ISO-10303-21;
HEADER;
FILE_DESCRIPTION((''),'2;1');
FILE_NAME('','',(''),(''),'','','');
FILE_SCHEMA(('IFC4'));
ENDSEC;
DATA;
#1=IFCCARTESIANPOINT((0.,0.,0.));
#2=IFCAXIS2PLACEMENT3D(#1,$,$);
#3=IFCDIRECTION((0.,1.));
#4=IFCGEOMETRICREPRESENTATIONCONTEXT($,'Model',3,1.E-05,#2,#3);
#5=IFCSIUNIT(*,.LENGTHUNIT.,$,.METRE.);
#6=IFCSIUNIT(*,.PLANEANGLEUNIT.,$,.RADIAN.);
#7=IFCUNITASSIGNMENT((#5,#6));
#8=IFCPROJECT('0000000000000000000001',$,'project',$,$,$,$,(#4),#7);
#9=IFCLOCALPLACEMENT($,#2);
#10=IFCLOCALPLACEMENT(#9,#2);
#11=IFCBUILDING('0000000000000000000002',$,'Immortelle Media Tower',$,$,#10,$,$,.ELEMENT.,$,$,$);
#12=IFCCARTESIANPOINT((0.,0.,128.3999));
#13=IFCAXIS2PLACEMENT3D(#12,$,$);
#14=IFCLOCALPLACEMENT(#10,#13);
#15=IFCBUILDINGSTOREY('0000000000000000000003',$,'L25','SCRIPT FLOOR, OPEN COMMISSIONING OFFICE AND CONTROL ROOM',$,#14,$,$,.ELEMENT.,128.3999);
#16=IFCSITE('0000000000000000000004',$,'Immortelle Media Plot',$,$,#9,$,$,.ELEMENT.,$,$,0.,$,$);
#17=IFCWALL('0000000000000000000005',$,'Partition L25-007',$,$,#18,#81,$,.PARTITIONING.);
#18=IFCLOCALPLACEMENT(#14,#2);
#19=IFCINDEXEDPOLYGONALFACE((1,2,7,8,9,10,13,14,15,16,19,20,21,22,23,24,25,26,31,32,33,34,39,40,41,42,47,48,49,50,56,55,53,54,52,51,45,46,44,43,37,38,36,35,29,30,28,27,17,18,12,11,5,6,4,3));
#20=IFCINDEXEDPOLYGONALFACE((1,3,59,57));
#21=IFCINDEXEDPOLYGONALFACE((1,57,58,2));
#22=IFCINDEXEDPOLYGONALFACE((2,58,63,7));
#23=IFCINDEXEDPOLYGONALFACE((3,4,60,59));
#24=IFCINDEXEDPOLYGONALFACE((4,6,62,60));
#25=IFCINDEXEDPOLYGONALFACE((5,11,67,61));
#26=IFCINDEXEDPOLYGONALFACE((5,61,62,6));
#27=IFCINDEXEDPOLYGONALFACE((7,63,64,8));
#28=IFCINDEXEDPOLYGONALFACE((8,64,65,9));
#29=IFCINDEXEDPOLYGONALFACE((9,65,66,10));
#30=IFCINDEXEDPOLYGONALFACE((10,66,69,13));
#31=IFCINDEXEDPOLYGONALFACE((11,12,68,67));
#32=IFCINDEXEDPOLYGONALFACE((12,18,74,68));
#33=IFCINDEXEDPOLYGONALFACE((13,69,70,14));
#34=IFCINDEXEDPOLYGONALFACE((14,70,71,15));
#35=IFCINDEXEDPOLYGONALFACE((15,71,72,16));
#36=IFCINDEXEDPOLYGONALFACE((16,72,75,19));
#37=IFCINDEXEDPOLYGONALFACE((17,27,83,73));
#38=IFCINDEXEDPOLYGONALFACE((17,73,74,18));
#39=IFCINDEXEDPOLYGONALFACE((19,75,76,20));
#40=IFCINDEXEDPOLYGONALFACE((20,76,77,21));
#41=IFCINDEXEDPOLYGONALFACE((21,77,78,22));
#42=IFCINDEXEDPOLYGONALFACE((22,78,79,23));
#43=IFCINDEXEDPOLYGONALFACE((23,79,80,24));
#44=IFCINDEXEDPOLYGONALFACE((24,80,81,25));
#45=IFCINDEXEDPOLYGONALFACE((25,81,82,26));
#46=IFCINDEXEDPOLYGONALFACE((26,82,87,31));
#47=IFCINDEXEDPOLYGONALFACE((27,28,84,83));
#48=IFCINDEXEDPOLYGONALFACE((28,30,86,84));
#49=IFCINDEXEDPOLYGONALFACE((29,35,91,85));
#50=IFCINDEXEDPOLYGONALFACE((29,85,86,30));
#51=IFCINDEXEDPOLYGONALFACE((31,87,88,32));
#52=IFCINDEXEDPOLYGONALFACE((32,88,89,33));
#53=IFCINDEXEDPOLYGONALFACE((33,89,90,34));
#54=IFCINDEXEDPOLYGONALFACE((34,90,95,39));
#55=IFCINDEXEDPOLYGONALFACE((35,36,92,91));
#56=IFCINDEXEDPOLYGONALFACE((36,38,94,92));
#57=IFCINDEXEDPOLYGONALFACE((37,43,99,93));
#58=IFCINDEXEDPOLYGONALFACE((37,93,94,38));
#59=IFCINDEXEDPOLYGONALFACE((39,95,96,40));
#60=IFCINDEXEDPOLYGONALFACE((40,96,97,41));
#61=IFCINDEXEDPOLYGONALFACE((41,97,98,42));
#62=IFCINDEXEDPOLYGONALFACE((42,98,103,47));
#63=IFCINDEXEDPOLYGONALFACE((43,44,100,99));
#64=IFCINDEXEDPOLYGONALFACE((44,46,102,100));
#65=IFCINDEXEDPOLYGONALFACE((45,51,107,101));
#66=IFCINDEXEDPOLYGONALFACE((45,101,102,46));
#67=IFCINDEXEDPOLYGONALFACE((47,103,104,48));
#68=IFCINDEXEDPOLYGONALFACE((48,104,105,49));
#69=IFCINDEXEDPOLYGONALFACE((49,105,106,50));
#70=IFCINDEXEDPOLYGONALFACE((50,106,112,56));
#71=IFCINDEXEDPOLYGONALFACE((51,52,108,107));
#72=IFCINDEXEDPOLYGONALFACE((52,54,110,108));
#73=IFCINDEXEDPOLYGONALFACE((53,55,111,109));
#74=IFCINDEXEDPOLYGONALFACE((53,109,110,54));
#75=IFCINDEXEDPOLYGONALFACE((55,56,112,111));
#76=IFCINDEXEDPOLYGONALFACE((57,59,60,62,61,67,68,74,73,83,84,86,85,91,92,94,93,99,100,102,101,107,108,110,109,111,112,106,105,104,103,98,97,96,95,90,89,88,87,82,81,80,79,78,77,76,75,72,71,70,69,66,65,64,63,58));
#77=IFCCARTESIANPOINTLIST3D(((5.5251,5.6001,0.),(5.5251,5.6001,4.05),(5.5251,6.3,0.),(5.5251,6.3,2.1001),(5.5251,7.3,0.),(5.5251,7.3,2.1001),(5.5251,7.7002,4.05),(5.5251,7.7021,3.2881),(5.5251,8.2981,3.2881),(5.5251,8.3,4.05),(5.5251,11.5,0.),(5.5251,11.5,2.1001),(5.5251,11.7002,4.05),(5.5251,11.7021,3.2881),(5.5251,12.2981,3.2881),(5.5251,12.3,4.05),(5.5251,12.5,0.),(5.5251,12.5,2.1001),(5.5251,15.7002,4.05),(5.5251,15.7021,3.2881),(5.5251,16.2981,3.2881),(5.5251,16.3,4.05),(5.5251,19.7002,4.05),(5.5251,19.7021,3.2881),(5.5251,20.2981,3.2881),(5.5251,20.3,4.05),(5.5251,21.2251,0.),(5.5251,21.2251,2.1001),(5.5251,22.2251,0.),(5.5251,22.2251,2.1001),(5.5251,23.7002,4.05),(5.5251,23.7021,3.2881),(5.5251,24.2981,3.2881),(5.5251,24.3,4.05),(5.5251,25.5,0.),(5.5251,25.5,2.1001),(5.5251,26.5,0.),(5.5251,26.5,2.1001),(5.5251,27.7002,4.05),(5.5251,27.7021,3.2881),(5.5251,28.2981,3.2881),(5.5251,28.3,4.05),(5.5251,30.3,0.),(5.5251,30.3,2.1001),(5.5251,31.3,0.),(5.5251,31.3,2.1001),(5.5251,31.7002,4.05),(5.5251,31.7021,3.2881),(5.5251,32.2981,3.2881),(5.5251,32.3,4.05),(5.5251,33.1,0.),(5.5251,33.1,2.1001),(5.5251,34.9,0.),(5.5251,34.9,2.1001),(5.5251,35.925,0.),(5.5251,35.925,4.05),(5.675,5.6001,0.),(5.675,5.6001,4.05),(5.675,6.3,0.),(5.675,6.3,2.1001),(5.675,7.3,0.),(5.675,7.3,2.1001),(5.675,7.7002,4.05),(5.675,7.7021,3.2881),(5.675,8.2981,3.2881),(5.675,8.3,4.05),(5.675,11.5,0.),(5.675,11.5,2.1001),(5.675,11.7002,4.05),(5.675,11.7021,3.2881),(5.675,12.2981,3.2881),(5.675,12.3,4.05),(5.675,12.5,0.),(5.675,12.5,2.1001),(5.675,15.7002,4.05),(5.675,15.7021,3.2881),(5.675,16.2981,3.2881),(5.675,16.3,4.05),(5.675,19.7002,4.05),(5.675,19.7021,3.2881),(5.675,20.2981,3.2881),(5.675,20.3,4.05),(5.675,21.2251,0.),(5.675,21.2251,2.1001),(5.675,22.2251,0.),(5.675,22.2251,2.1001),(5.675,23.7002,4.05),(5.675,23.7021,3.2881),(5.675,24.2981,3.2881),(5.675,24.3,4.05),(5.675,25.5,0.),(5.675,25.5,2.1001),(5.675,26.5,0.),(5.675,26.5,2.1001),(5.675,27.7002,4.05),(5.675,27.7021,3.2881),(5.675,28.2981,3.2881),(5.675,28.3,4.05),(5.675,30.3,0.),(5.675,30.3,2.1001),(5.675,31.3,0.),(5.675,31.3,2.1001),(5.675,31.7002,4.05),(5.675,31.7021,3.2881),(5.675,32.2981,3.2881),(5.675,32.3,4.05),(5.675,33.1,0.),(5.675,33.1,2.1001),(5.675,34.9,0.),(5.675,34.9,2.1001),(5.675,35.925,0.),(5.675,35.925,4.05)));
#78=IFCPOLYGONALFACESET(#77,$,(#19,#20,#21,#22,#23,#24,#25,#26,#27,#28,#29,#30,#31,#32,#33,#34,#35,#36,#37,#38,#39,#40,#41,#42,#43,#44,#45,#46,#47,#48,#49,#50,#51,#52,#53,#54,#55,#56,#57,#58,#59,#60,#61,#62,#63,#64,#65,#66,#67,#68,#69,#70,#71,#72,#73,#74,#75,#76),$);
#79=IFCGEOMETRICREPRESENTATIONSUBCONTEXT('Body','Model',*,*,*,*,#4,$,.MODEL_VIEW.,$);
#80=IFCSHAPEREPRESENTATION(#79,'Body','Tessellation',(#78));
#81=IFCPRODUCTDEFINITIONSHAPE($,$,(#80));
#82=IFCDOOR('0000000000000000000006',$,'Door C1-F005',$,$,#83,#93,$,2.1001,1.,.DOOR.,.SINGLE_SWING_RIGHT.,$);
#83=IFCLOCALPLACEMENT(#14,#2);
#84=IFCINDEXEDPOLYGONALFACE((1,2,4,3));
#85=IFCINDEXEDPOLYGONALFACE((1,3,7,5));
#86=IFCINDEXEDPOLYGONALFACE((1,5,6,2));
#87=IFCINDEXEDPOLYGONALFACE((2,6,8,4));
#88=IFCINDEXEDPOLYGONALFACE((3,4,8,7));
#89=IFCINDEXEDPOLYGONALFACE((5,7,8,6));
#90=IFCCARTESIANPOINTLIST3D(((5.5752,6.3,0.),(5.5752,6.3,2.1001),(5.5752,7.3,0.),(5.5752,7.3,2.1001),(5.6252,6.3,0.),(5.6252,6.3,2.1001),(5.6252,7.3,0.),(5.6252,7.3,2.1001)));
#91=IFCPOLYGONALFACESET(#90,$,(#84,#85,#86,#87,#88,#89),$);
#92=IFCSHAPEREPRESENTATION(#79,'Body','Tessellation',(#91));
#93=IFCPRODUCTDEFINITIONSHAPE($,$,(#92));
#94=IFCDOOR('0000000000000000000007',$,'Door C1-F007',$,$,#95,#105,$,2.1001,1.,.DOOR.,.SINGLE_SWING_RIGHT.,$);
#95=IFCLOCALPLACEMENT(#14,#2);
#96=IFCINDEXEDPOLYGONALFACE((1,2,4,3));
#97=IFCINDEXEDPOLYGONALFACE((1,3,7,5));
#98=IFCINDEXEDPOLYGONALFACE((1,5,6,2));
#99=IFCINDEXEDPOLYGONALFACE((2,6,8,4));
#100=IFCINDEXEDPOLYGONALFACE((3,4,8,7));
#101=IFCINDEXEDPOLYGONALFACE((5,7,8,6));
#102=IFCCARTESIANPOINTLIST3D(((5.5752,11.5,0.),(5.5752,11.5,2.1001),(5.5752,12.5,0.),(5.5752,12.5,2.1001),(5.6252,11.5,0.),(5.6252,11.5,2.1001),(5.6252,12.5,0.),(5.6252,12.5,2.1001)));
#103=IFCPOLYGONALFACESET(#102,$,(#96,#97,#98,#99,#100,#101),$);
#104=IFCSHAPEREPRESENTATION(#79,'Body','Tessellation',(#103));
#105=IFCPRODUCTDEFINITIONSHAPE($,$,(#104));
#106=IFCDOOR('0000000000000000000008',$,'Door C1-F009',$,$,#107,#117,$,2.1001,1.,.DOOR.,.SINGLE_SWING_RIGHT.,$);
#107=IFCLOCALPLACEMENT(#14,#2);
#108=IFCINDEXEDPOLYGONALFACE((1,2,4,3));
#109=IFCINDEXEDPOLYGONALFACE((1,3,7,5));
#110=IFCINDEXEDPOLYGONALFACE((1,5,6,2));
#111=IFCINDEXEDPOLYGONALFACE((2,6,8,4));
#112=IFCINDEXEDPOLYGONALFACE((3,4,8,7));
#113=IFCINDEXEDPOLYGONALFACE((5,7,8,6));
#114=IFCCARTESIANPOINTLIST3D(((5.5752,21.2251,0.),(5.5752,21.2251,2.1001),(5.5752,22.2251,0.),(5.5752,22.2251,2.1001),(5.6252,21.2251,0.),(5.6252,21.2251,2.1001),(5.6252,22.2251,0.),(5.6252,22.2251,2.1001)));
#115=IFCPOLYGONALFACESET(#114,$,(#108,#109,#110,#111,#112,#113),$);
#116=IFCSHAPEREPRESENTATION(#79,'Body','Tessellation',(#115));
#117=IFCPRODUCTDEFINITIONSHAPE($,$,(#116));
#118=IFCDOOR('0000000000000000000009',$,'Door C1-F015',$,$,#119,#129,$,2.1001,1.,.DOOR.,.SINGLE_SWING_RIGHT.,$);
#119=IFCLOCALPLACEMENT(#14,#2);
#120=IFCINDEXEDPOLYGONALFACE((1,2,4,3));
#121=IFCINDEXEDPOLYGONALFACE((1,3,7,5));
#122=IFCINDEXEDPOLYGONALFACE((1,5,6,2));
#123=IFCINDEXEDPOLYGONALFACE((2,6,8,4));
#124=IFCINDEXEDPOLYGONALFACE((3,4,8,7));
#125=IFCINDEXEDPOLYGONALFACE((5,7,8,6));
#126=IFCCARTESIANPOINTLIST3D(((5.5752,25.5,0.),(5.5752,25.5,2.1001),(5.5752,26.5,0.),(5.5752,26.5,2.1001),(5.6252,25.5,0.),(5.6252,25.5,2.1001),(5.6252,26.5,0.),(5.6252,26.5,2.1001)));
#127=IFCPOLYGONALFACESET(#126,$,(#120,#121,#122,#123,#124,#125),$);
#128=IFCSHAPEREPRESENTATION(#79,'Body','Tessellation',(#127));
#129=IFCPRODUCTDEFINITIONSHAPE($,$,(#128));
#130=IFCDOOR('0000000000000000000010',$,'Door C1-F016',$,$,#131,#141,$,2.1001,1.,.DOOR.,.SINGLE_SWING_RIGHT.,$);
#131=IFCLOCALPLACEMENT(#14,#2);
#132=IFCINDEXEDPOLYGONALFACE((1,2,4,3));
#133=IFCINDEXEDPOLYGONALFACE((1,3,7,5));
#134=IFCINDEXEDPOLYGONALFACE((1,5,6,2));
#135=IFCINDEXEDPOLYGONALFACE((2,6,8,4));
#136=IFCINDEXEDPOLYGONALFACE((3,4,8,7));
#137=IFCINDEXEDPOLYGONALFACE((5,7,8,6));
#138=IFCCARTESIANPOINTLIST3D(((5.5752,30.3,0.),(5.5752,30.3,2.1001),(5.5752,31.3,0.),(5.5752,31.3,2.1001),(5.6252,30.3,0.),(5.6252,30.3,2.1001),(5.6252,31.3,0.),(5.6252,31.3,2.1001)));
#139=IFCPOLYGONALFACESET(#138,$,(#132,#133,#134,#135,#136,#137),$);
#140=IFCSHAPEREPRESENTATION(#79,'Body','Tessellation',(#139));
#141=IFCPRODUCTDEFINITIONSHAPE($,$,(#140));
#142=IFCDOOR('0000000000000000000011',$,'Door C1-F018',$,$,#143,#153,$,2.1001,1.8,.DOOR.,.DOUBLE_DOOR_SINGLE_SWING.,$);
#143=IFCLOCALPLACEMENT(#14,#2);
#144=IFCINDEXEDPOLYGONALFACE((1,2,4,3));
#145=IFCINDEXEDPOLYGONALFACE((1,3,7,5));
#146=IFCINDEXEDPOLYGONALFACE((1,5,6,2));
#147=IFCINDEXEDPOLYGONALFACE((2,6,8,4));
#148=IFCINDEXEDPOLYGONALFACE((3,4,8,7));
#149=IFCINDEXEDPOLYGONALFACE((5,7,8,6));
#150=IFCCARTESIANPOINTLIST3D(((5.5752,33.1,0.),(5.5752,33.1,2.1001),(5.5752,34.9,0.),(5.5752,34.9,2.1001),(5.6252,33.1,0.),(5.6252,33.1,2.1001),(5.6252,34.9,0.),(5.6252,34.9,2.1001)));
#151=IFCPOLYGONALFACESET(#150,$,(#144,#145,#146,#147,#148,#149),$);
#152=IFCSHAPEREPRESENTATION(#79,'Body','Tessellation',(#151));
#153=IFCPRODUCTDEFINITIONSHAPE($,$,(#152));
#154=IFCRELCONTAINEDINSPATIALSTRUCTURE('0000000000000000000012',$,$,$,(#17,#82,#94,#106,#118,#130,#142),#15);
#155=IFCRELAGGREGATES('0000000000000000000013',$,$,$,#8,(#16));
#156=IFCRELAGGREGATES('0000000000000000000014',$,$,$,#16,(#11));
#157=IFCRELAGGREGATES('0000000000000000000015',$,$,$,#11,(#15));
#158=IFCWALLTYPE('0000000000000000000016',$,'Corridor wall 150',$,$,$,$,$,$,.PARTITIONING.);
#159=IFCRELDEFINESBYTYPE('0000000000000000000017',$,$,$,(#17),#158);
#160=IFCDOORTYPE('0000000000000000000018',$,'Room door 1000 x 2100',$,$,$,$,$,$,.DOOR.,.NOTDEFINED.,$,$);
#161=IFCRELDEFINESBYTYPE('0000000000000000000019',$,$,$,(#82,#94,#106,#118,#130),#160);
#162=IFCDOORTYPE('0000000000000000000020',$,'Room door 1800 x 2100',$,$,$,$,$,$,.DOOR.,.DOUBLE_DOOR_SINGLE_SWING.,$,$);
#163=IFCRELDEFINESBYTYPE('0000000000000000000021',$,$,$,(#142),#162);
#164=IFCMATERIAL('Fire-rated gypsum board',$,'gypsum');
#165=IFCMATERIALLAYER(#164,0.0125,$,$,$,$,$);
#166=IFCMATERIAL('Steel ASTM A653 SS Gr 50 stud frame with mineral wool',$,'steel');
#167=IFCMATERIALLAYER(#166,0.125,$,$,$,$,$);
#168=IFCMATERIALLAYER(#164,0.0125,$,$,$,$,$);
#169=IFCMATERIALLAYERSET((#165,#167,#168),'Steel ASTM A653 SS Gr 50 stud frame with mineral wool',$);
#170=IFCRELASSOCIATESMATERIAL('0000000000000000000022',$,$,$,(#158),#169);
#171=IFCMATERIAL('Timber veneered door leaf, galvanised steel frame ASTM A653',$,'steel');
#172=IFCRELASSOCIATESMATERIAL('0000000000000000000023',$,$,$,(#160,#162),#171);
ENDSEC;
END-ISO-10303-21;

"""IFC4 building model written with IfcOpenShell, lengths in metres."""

from ifc_helpers import new_model, si_unit, direction, frame, frame_2d, origin, place, context, subcontext, project, spatial, polyline, rectangle, outline, extrude, material, layer, layer_set, type_object, element, fill, save


model = new_model("IFC4")

# Units and contexts
model_context = context("Model", 3, precision=1e-05, world=origin(), true_north=direction((0.0, 1.0)))
body_context = subcontext(model_context, "Body", "Model", "MODEL_VIEW")
ifc_project = project(units=[si_unit("LENGTHUNIT", "METRE"), si_unit("PLANEANGLEUNIT", "RADIAN")], contexts=[model_context])

# Site, building, storey
site_placement = place(None, origin())
site = spatial("IfcSite", under=ifc_project, at=site_placement, Name="Immortelle Media Plot", CompositionType="ELEMENT", RefElevation=0.0)
building_placement = place(site_placement, origin())
building = spatial("IfcBuilding", under=site, at=building_placement, Name="Immortelle Media Tower", CompositionType="ELEMENT")
storey_placement = place(building_placement, frame((0.0, 0.0, 128.3999)))
storey = spatial("IfcBuildingStorey", under=building, at=storey_placement, Name="L25", Description="SCRIPT FLOOR, OPEN COMMISSIONING OFFICE AND CONTROL ROOM", CompositionType="ELEMENT", Elevation=128.3999)

# Wall, openings, doors
ifc_material_1 = material(Name="Fire-rated gypsum board", Category="gypsum")
ifc_layer_1 = layer(ifc_material_1, 0.0125)
ifc_material_2 = material(Name="Steel ASTM A653 SS Gr 50 stud frame with mineral wool", Category="steel")
ifc_layer_2 = layer(ifc_material_2, 0.125)
ifc_layer_3 = layer(ifc_material_1, 0.0125)
ifc_layer_set_1 = layer_set([ifc_layer_1, ifc_layer_2, ifc_layer_3], Name="Steel ASTM A653 SS Gr 50 stud frame with mineral wool")
wall_type_1 = type_object("IfcWallType", Name="Corridor wall 150", PredefinedType="PARTITIONING", material=ifc_layer_set_1)
ifc_material_3 = material(Name="Timber veneered door leaf, galvanised steel frame ASTM A653", Category="steel")
door_type_1 = type_object("IfcDoorType", Name="Room door 1000 x 2100", OperationType="NOTDEFINED", PredefinedType="DOOR", material=ifc_material_3)
wall_1_placement = place(storey_placement, frame((5.6001, 5.6001, 0.0), z_axis=(0.0, 0.0, 1.0), x_axis=(0.0, 1.0, 0.0)))
wall_1 = element("IfcWall", 1, at=wall_1_placement, inside=storey, type_object=wall_type_1, Name="Partition L25-007", PredefinedType="PARTITIONING", context=body_context, shape_type="SweptSolid", body=[
    extrude(outline(polyline([(0.0, 0.0), (30.325, 0.0), (30.325, 4.05), (26.7, 4.05), (26.698, 3.2881), (26.1021, 3.2881), (26.1001, 4.05), (22.7, 4.05), (22.698, 3.2881), (22.1021, 3.2881), (22.1001, 4.05), (18.7, 4.05), (18.698, 3.2881), (18.1021, 3.2881), (18.1001, 4.05), (14.7, 4.05), (14.698, 3.2881), (14.1021, 3.2881), (14.1001, 4.05), (10.7, 4.05), (10.698, 3.2881), (10.1021, 3.2881), (10.1001, 4.05), (6.7, 4.05), (6.698, 3.2881), (6.1021, 3.2881), (6.1001, 4.05), (2.7, 4.05), (2.698, 3.2881), (2.1021, 3.2881), (2.1001, 4.05), (0.0, 4.05), (0.0, 0.0)])), frame((0.0, 0.075, 0.0), z_axis=(0.0, -1.0, 0.0), x_axis=(1.0, 0.0, 0.0)), (0.0, 0.0, 1.0), 0.1499),
])
opening_1_placement = place(wall_1_placement, frame((0.7, 0.0, 0.0)))
opening_1 = element("IfcOpeningElement", 2, at=opening_1_placement, cuts=wall_1, PredefinedType="OPENING", context=body_context, shape_type="SweptSolid", body=[
    extrude(rectangle(XDim=1.0, YDim=2.1001, at=frame_2d((0.5, 1.05))), frame((0.0, 0.085, 0.0), z_axis=(0.0, -1.0, 0.0), x_axis=(1.0, 0.0, 0.0)), (0.0, 0.0, 1.0), 0.1699),
])
opening_2_placement = place(wall_1_placement, frame((5.8999, 0.0, 0.0)))
opening_2 = element("IfcOpeningElement", 3, at=opening_2_placement, cuts=wall_1, PredefinedType="OPENING", context=body_context, shape_type="SweptSolid", body=[
    extrude(rectangle(XDim=1.0, YDim=2.1001, at=frame_2d((0.5, 1.05))), frame((0.0, 0.085, 0.0), z_axis=(0.0, -1.0, 0.0), x_axis=(1.0, 0.0, 0.0)), (0.0, 0.0, 1.0), 0.1699),
])
opening_3_placement = place(wall_1_placement, frame((15.625, 0.0, 0.0)))
opening_3 = element("IfcOpeningElement", 4, at=opening_3_placement, cuts=wall_1, PredefinedType="OPENING", context=body_context, shape_type="SweptSolid", body=[
    extrude(rectangle(XDim=1.0, YDim=2.1001, at=frame_2d((0.5, 1.05))), frame((0.0, 0.085, 0.0), z_axis=(0.0, -1.0, 0.0), x_axis=(1.0, 0.0, 0.0)), (0.0, 0.0, 1.0), 0.1699),
])
opening_4_placement = place(wall_1_placement, frame((19.8999, 0.0, 0.0)))
opening_4 = element("IfcOpeningElement", 5, at=opening_4_placement, cuts=wall_1, PredefinedType="OPENING", context=body_context, shape_type="SweptSolid", body=[
    extrude(rectangle(XDim=1.0, YDim=2.1001, at=frame_2d((0.5, 1.05))), frame((0.0, 0.085, 0.0), z_axis=(0.0, -1.0, 0.0), x_axis=(1.0, 0.0, 0.0)), (0.0, 0.0, 1.0), 0.1699),
])
opening_5_placement = place(wall_1_placement, frame((24.7, 0.0, 0.0)))
opening_5 = element("IfcOpeningElement", 6, at=opening_5_placement, cuts=wall_1, PredefinedType="OPENING", context=body_context, shape_type="SweptSolid", body=[
    extrude(rectangle(XDim=1.0, YDim=2.1001, at=frame_2d((0.5, 1.05))), frame((0.0, 0.085, 0.0), z_axis=(0.0, -1.0, 0.0), x_axis=(1.0, 0.0, 0.0)), (0.0, 0.0, 1.0), 0.1699),
])
opening_6_placement = place(wall_1_placement, frame((27.5, 0.0, 0.0)))
opening_6 = element("IfcOpeningElement", 7, at=opening_6_placement, cuts=wall_1, PredefinedType="OPENING", context=body_context, shape_type="SweptSolid", body=[
    extrude(rectangle(XDim=1.8, YDim=2.1001, at=frame_2d((0.8999, 1.05))), frame((0.0, 0.085, 0.0), z_axis=(0.0, -1.0, 0.0), x_axis=(1.0, 0.0, 0.0)), (0.0, 0.0, 1.0), 0.1699),
])
door_1_placement = place(opening_1_placement, origin())
door_1 = element("IfcDoor", 8, at=door_1_placement, inside=storey, type_object=door_type_1, Name="Door C1-F005", OperationType="SINGLE_SWING_RIGHT", OverallHeight=2.1001, OverallWidth=1.0, PredefinedType="DOOR", context=body_context, shape_type="SweptSolid", body=[
    extrude(rectangle(XDim=1.0, YDim=2.1001, at=frame_2d((0.5, 1.05))), frame((0.0, 0.0249, 0.0), z_axis=(0.0, -1.0, 0.0), x_axis=(1.0, 0.0, 0.0)), (0.0, 0.0, 1.0), 0.05),
])
fill(opening_1, door_1)
door_2_placement = place(opening_2_placement, origin())
door_2 = element("IfcDoor", 9, at=door_2_placement, inside=storey, type_object=door_type_1, Name="Door C1-F007", OperationType="SINGLE_SWING_RIGHT", OverallHeight=2.1001, OverallWidth=1.0, PredefinedType="DOOR", context=body_context, shape_type="SweptSolid", body=[
    extrude(rectangle(XDim=1.0, YDim=2.1001, at=frame_2d((0.5, 1.05))), frame((0.0, 0.0249, 0.0), z_axis=(0.0, -1.0, 0.0), x_axis=(1.0, 0.0, 0.0)), (0.0, 0.0, 1.0), 0.05),
])
fill(opening_2, door_2)
door_3_placement = place(opening_3_placement, origin())
door_3 = element("IfcDoor", 10, at=door_3_placement, inside=storey, type_object=door_type_1, Name="Door C1-F009", OperationType="SINGLE_SWING_RIGHT", OverallHeight=2.1001, OverallWidth=1.0, PredefinedType="DOOR", context=body_context, shape_type="SweptSolid", body=[
    extrude(rectangle(XDim=1.0, YDim=2.1001, at=frame_2d((0.5, 1.05))), frame((0.0, 0.0249, 0.0), z_axis=(0.0, -1.0, 0.0), x_axis=(1.0, 0.0, 0.0)), (0.0, 0.0, 1.0), 0.05),
])
fill(opening_3, door_3)
door_4_placement = place(opening_4_placement, origin())
door_4 = element("IfcDoor", 11, at=door_4_placement, inside=storey, type_object=door_type_1, Name="Door C1-F015", OperationType="SINGLE_SWING_RIGHT", OverallHeight=2.1001, OverallWidth=1.0, PredefinedType="DOOR", context=body_context, shape_type="SweptSolid", body=[
    extrude(rectangle(XDim=1.0, YDim=2.1001, at=frame_2d((0.5, 1.05))), frame((0.0, 0.0249, 0.0), z_axis=(0.0, -1.0, 0.0), x_axis=(1.0, 0.0, 0.0)), (0.0, 0.0, 1.0), 0.05),
])
fill(opening_4, door_4)
door_5_placement = place(opening_5_placement, origin())
door_5 = element("IfcDoor", 12, at=door_5_placement, inside=storey, type_object=door_type_1, Name="Door C1-F016", OperationType="SINGLE_SWING_RIGHT", OverallHeight=2.1001, OverallWidth=1.0, PredefinedType="DOOR", context=body_context, shape_type="SweptSolid", body=[
    extrude(rectangle(XDim=1.0, YDim=2.1001, at=frame_2d((0.5, 1.05))), frame((0.0, 0.0249, 0.0), z_axis=(0.0, -1.0, 0.0), x_axis=(1.0, 0.0, 0.0)), (0.0, 0.0, 1.0), 0.05),
])
fill(opening_5, door_5)
door_type_2 = type_object("IfcDoorType", Name="Room door 1800 x 2100", OperationType="DOUBLE_DOOR_SINGLE_SWING", PredefinedType="DOOR", material=ifc_material_3)
door_6_placement = place(opening_6_placement, origin())
door_6 = element("IfcDoor", 13, at=door_6_placement, inside=storey, type_object=door_type_2, Name="Door C1-F018", OperationType="DOUBLE_DOOR_SINGLE_SWING", OverallHeight=2.1001, OverallWidth=1.8, PredefinedType="DOOR", context=body_context, shape_type="SweptSolid", body=[
    extrude(rectangle(XDim=1.8, YDim=2.1001, at=frame_2d((0.8999, 1.05))), frame((0.0, 0.0249, 0.0), z_axis=(0.0, -1.0, 0.0), x_axis=(1.0, 0.0, 0.0)), (0.0, 0.0, 1.0), 0.05),
])
fill(opening_6, door_6)

save(model, "model.ifc")
